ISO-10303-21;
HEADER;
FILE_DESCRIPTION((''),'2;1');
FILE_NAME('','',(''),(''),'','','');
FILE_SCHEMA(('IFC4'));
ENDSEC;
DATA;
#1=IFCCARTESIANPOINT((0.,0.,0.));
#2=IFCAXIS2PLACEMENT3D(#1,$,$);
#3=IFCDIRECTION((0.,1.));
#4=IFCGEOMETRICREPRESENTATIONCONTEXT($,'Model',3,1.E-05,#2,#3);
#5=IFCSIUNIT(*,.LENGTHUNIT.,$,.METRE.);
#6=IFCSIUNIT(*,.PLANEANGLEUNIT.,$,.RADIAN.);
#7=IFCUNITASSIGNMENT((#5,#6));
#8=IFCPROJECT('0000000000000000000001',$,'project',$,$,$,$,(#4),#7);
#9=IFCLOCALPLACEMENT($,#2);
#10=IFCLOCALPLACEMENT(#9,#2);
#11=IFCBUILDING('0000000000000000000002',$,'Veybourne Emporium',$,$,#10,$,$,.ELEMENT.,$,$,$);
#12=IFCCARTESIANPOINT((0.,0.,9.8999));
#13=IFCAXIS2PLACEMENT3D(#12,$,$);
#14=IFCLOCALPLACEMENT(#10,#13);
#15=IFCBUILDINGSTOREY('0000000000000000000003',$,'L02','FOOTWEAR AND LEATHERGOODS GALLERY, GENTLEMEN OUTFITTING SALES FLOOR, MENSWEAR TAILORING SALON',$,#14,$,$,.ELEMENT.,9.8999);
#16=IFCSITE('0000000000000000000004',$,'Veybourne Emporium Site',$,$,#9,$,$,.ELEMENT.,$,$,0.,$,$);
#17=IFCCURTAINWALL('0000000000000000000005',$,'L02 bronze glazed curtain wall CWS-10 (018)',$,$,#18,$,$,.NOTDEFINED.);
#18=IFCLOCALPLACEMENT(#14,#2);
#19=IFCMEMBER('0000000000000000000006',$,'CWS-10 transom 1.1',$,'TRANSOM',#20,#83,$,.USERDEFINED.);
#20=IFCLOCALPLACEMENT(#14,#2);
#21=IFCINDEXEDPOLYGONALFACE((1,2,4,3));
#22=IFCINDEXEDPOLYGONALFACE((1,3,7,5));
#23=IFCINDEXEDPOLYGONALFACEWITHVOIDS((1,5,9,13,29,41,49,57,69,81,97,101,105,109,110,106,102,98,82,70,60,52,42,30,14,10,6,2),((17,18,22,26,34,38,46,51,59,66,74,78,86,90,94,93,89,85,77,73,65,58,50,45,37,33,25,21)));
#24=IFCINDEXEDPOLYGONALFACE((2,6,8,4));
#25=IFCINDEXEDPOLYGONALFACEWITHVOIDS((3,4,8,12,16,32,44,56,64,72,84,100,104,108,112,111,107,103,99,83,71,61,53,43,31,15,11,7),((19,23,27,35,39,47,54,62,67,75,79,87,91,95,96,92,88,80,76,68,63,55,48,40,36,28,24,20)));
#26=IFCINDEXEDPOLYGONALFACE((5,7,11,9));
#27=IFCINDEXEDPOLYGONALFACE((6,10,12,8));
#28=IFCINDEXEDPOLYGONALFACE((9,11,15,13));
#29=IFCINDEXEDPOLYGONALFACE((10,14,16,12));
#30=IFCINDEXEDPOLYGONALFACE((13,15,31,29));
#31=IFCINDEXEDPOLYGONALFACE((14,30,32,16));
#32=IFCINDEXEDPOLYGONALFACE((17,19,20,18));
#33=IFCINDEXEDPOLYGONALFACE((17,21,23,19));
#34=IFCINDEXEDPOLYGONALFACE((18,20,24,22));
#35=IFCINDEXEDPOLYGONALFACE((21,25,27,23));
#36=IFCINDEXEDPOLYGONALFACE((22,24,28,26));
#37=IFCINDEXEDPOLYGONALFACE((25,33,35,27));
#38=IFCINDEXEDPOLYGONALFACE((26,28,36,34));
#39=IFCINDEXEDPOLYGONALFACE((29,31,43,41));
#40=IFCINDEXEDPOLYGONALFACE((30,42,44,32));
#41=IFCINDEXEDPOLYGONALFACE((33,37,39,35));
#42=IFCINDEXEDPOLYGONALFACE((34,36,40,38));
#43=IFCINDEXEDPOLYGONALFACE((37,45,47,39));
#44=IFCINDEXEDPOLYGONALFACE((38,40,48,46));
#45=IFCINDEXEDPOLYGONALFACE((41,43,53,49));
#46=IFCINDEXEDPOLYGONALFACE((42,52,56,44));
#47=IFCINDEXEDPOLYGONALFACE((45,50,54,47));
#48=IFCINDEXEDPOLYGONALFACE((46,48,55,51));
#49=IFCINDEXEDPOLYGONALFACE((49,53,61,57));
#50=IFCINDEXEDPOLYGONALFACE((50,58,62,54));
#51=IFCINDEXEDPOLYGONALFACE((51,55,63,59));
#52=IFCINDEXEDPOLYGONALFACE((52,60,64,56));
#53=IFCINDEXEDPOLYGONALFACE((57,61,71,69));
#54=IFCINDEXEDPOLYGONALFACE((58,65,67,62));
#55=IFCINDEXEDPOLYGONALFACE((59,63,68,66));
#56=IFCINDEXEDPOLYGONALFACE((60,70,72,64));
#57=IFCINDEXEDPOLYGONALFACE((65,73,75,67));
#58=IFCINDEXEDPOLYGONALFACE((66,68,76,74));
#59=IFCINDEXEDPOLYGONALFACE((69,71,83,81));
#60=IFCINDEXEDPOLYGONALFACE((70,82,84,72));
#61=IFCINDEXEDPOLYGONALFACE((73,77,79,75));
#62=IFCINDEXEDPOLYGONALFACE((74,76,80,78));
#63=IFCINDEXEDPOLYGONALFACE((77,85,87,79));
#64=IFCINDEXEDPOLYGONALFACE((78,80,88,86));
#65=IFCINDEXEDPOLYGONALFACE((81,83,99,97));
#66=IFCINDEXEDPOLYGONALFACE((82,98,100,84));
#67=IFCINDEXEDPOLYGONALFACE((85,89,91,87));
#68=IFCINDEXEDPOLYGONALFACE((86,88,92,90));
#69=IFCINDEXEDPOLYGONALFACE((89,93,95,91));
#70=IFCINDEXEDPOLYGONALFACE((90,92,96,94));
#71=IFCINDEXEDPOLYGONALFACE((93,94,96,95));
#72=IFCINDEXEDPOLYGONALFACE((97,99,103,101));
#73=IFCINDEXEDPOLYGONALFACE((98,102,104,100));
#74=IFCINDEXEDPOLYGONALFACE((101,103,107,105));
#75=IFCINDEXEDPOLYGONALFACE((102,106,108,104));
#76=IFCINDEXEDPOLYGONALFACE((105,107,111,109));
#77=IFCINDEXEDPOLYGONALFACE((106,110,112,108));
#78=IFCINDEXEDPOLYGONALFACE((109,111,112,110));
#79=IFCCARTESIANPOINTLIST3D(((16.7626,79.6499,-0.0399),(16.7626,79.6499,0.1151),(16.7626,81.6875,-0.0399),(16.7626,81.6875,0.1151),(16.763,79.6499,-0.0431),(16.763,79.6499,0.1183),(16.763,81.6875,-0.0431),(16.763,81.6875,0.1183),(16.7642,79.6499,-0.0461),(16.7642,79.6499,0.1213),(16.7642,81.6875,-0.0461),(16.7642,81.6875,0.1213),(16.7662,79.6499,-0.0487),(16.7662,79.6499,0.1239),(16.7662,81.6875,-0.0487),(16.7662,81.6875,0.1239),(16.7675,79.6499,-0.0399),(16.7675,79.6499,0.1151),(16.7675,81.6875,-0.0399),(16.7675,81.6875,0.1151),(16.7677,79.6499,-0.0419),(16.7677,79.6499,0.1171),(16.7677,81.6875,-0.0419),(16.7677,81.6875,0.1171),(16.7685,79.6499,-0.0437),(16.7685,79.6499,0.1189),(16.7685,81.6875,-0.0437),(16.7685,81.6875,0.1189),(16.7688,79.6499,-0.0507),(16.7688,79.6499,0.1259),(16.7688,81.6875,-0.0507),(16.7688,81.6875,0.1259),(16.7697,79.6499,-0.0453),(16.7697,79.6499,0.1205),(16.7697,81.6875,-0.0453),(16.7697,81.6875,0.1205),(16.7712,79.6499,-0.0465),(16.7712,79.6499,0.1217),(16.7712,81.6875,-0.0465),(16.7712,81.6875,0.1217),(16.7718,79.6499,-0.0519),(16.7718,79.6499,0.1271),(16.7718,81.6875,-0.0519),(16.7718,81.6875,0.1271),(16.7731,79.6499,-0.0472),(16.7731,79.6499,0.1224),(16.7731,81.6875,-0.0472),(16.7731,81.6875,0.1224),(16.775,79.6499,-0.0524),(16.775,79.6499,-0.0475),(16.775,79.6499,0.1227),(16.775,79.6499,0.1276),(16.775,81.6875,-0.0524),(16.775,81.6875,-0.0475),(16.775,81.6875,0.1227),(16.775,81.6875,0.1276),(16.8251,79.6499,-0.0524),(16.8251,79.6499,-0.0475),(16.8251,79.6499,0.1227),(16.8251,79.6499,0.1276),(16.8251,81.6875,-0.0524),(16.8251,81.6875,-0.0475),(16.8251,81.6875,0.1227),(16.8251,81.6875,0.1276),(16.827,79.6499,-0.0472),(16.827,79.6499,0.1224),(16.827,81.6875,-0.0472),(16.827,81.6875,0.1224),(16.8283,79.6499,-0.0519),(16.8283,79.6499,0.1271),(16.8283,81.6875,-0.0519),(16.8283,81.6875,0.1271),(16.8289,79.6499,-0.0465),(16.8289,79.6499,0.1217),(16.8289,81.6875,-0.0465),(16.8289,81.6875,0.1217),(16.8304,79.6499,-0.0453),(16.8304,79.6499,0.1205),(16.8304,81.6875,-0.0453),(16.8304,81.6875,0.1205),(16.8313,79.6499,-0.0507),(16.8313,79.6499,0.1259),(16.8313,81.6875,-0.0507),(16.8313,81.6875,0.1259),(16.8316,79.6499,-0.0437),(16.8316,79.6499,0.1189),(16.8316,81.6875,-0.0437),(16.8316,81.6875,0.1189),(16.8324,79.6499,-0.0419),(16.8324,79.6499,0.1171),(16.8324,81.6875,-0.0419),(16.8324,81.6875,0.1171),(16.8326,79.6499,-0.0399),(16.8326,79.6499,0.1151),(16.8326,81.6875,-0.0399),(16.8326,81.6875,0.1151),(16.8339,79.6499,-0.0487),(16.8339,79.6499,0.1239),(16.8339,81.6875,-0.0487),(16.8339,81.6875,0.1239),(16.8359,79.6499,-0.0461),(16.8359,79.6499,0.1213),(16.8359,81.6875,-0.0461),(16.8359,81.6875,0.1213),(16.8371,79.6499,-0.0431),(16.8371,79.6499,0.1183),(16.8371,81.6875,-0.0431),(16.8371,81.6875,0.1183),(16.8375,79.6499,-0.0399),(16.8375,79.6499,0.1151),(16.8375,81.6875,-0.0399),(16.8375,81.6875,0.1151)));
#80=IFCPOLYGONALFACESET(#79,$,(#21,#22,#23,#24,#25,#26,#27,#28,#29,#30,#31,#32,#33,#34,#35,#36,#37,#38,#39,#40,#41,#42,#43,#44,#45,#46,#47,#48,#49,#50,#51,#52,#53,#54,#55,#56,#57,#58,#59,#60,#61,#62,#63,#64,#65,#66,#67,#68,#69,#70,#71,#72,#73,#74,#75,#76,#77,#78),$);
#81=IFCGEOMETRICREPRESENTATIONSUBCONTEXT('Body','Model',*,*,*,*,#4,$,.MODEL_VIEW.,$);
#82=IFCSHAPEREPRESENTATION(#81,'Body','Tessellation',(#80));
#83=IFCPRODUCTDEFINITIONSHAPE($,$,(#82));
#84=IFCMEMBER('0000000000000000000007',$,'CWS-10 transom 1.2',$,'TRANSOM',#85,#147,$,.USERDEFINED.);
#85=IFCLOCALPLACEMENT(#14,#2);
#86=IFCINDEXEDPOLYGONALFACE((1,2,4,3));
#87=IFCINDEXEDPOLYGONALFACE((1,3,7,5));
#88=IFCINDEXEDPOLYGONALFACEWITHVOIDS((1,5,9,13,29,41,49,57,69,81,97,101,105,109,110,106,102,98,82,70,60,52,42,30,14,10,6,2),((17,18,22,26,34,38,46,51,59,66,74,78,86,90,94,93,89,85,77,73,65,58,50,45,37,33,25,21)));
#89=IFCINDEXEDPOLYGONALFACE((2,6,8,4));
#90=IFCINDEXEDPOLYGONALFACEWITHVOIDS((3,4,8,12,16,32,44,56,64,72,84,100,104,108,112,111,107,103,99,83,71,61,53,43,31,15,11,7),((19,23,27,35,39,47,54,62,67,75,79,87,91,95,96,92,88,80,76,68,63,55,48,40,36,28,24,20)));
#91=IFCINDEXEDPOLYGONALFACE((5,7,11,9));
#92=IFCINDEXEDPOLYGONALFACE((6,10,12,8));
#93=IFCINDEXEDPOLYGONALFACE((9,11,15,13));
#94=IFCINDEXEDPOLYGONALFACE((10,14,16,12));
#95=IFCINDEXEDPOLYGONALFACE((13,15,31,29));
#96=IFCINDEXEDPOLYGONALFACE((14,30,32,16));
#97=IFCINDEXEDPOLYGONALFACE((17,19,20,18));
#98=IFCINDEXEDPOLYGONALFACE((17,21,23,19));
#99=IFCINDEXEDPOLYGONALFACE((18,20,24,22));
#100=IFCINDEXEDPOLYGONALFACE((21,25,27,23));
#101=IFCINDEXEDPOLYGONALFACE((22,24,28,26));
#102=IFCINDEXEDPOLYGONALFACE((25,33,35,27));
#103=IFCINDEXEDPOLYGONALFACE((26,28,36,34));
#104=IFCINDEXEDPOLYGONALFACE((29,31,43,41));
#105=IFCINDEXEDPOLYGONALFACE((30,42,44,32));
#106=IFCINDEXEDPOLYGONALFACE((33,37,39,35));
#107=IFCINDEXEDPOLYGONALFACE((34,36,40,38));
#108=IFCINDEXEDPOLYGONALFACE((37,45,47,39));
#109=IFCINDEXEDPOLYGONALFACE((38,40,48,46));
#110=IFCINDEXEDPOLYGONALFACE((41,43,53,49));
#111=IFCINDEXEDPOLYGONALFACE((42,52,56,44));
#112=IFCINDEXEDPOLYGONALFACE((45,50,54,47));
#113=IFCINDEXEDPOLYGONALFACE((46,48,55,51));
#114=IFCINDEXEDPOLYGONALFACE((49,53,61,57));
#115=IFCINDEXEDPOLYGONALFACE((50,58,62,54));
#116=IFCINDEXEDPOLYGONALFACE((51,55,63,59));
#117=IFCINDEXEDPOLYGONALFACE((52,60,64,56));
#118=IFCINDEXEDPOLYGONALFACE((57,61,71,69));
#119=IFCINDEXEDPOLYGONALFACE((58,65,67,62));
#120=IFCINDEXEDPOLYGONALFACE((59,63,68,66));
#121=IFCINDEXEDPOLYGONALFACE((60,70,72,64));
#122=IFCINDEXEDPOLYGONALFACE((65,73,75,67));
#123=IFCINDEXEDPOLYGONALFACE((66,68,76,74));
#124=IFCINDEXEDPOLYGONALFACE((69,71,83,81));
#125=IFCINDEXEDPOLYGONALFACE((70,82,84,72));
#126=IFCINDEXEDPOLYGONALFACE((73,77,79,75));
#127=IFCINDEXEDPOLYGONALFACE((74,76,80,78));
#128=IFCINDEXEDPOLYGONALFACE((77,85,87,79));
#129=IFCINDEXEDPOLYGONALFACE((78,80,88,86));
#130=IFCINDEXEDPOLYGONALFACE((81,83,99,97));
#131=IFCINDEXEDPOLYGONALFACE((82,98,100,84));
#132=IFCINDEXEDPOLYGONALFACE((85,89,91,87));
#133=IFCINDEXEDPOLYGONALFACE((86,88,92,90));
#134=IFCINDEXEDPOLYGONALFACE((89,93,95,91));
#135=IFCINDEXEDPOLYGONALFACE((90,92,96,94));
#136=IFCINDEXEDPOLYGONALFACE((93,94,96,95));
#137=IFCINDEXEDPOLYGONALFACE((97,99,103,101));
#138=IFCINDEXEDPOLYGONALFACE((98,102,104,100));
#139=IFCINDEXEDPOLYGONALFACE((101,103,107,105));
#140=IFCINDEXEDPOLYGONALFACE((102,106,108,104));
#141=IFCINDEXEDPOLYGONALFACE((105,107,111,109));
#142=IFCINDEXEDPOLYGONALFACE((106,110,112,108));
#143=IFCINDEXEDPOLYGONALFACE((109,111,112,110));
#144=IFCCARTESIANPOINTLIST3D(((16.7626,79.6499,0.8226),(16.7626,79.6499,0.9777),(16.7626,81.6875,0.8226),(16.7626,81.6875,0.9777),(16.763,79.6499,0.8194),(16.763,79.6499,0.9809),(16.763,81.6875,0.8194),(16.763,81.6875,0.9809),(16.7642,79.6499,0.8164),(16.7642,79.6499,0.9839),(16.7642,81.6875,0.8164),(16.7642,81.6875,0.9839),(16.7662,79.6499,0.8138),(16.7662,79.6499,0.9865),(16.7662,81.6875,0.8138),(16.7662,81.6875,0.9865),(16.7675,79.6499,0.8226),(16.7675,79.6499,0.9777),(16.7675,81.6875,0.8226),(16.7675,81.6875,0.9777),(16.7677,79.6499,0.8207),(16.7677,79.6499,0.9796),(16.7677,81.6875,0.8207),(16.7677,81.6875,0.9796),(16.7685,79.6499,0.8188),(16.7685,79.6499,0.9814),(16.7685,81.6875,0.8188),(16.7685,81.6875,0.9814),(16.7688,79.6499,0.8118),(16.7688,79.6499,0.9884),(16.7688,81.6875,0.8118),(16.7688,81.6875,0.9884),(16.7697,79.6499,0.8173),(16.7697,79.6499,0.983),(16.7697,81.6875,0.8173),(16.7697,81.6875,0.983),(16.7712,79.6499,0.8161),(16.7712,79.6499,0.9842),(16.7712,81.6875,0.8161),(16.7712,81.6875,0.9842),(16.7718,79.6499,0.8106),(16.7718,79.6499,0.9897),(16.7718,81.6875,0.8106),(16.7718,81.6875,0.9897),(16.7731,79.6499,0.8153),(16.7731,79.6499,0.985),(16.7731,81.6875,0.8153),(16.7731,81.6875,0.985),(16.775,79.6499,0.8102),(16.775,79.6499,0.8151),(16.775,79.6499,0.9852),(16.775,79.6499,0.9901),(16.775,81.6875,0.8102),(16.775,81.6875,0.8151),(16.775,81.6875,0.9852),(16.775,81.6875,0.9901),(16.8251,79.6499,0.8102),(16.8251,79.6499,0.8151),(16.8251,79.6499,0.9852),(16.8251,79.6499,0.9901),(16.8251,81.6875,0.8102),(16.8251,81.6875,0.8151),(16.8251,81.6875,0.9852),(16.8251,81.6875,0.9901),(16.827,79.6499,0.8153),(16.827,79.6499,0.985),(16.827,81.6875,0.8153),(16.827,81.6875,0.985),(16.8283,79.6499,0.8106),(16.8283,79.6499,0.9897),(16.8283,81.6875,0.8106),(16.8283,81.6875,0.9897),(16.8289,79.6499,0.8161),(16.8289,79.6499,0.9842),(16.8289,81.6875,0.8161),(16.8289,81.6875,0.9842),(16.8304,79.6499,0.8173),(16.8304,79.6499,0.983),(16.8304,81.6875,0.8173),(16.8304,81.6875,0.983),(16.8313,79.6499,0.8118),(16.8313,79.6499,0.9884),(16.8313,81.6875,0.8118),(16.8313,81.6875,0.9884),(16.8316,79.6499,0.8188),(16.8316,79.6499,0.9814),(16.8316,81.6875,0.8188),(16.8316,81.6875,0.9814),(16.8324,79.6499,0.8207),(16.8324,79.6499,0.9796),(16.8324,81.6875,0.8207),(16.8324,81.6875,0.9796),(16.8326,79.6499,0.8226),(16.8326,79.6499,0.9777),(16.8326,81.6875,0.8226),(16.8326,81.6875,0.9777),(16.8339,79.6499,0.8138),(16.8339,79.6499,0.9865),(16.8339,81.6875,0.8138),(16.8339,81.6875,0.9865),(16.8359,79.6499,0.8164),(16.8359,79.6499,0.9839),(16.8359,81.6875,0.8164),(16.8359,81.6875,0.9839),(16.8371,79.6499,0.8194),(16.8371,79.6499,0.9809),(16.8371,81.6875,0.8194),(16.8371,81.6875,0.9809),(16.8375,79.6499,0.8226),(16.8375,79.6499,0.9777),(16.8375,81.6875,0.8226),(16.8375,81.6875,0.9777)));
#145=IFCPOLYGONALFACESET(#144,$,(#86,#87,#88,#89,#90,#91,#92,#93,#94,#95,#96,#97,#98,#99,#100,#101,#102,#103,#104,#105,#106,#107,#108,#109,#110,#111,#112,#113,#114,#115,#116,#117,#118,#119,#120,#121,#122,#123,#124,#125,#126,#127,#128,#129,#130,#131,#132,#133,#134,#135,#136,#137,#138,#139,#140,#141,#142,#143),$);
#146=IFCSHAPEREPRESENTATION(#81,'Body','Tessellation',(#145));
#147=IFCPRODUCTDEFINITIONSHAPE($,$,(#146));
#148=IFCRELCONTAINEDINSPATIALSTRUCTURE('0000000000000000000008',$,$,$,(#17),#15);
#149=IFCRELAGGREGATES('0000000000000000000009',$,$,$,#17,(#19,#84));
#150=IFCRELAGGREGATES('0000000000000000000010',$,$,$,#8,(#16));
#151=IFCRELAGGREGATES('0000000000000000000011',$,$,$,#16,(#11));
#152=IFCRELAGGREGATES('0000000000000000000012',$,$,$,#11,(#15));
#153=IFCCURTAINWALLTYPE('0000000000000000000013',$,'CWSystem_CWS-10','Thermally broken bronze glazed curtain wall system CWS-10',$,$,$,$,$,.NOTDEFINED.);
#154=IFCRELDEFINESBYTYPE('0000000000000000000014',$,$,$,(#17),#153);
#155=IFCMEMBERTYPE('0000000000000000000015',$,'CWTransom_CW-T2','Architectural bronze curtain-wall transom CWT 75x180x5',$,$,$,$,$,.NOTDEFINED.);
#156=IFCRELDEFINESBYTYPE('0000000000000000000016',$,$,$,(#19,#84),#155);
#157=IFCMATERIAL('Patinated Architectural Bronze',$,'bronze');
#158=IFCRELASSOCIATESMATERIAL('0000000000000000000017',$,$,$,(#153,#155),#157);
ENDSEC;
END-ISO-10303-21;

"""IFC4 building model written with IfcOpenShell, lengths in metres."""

from ifc_helpers import new_model, si_unit, direction, frame, origin, origin_2d, place, context, subcontext, project, spatial, hollow_rectangle, extrude, material, material_profile, profile_set, type_object, element, aggregate, save


model = new_model("IFC4")

# Units and contexts
model_context = context("Model", 3, precision=1e-05, world=origin(), true_north=direction((0.0, 1.0)))
body_context = subcontext(model_context, "Body", "Model", "MODEL_VIEW")
ifc_project = project(units=[si_unit("LENGTHUNIT", "METRE"), si_unit("PLANEANGLEUNIT", "RADIAN")], contexts=[model_context])

# Site, building, storey
site_placement = place(None, origin())
site = spatial("IfcSite", under=ifc_project, at=site_placement, Name="Veybourne Emporium Site", CompositionType="ELEMENT", RefElevation=0.0)
building_placement = place(site_placement, origin())
building = spatial("IfcBuilding", under=site, at=building_placement, Name="Veybourne Emporium", CompositionType="ELEMENT")
storey_placement = place(building_placement, frame((0.0, 0.0, 9.8999)))
storey = spatial("IfcBuildingStorey", under=building, at=storey_placement, Name="L02", Description="FOOTWEAR AND LEATHERGOODS GALLERY, GENTLEMEN OUTFITTING SALES FLOOR, MENSWEAR TAILORING SALON", CompositionType="ELEMENT", Elevation=9.8999)

# Curtain wall, members
ifc_material_1 = material(Name="Patinated Architectural Bronze", Category="bronze")
curtain_wall_type = type_object("IfcCurtainWallType", Name="CWSystem_CWS-10", Description="Thermally broken bronze glazed curtain wall system CWS-10", PredefinedType="NOTDEFINED", material=ifc_material_1)
curtain_wall_placement = place(storey_placement, origin())
curtain_wall = element("IfcCurtainWall", 1, at=curtain_wall_placement, inside=storey, type_object=curtain_wall_type, Name="L02 bronze glazed curtain wall CWS-10 (018)", PredefinedType="NOTDEFINED")
ifc_material_profile_1 = material_profile(ifc_material_1, hollow_rectangle(XDim=0.075, YDim=0.1799, WallThickness=0.0049, InnerFilletRadius=0.0076, OuterFilletRadius=0.0125, at=origin_2d()), Name="CWT 75x180x5")
ifc_profile_set_1 = profile_set([ifc_material_profile_1], Name="Patinated Architectural Bronze")
member_type_1 = type_object("IfcMemberType", Name="CWTransom_CW-T2", Description="Architectural bronze curtain-wall transom CWT 75x180x5", PredefinedType="NOTDEFINED", material=ifc_profile_set_1)
member_1_placement = place(storey_placement, frame((16.8, 79.6499, 0.0376), z_axis=(0.0, 1.0, 0.0), x_axis=(-1.0, 0.0, 0.0)))
member_1 = element("IfcMember", 2, at=member_1_placement, type_object=member_type_1, Name="CWS-10 transom 1.1", ObjectType="TRANSOM", PredefinedType="USERDEFINED", context=body_context, shape_type="SweptSolid", body=[
    extrude(hollow_rectangle(XDim=0.075, YDim=0.1799, WallThickness=0.0049, InnerFilletRadius=0.0076, OuterFilletRadius=0.0125, at=origin_2d()), origin(), (0.0, 0.0, 1.0), 2.0376),
])
member_2_placement = place(storey_placement, frame((16.8, 79.6499, 0.9001), z_axis=(0.0, 1.0, 0.0), x_axis=(-1.0, 0.0, 0.0)))
member_2 = element("IfcMember", 3, at=member_2_placement, type_object=member_type_1, Name="CWS-10 transom 1.2", ObjectType="TRANSOM", PredefinedType="USERDEFINED", context=body_context, shape_type="SweptSolid", body=[
    extrude(hollow_rectangle(XDim=0.075, YDim=0.1799, WallThickness=0.0049, InnerFilletRadius=0.0076, OuterFilletRadius=0.0125, at=origin_2d()), origin(), (0.0, 0.0, 1.0), 2.0376),
])

aggregate(curtain_wall, [member_1, member_2])

save(model, "model.ifc")
